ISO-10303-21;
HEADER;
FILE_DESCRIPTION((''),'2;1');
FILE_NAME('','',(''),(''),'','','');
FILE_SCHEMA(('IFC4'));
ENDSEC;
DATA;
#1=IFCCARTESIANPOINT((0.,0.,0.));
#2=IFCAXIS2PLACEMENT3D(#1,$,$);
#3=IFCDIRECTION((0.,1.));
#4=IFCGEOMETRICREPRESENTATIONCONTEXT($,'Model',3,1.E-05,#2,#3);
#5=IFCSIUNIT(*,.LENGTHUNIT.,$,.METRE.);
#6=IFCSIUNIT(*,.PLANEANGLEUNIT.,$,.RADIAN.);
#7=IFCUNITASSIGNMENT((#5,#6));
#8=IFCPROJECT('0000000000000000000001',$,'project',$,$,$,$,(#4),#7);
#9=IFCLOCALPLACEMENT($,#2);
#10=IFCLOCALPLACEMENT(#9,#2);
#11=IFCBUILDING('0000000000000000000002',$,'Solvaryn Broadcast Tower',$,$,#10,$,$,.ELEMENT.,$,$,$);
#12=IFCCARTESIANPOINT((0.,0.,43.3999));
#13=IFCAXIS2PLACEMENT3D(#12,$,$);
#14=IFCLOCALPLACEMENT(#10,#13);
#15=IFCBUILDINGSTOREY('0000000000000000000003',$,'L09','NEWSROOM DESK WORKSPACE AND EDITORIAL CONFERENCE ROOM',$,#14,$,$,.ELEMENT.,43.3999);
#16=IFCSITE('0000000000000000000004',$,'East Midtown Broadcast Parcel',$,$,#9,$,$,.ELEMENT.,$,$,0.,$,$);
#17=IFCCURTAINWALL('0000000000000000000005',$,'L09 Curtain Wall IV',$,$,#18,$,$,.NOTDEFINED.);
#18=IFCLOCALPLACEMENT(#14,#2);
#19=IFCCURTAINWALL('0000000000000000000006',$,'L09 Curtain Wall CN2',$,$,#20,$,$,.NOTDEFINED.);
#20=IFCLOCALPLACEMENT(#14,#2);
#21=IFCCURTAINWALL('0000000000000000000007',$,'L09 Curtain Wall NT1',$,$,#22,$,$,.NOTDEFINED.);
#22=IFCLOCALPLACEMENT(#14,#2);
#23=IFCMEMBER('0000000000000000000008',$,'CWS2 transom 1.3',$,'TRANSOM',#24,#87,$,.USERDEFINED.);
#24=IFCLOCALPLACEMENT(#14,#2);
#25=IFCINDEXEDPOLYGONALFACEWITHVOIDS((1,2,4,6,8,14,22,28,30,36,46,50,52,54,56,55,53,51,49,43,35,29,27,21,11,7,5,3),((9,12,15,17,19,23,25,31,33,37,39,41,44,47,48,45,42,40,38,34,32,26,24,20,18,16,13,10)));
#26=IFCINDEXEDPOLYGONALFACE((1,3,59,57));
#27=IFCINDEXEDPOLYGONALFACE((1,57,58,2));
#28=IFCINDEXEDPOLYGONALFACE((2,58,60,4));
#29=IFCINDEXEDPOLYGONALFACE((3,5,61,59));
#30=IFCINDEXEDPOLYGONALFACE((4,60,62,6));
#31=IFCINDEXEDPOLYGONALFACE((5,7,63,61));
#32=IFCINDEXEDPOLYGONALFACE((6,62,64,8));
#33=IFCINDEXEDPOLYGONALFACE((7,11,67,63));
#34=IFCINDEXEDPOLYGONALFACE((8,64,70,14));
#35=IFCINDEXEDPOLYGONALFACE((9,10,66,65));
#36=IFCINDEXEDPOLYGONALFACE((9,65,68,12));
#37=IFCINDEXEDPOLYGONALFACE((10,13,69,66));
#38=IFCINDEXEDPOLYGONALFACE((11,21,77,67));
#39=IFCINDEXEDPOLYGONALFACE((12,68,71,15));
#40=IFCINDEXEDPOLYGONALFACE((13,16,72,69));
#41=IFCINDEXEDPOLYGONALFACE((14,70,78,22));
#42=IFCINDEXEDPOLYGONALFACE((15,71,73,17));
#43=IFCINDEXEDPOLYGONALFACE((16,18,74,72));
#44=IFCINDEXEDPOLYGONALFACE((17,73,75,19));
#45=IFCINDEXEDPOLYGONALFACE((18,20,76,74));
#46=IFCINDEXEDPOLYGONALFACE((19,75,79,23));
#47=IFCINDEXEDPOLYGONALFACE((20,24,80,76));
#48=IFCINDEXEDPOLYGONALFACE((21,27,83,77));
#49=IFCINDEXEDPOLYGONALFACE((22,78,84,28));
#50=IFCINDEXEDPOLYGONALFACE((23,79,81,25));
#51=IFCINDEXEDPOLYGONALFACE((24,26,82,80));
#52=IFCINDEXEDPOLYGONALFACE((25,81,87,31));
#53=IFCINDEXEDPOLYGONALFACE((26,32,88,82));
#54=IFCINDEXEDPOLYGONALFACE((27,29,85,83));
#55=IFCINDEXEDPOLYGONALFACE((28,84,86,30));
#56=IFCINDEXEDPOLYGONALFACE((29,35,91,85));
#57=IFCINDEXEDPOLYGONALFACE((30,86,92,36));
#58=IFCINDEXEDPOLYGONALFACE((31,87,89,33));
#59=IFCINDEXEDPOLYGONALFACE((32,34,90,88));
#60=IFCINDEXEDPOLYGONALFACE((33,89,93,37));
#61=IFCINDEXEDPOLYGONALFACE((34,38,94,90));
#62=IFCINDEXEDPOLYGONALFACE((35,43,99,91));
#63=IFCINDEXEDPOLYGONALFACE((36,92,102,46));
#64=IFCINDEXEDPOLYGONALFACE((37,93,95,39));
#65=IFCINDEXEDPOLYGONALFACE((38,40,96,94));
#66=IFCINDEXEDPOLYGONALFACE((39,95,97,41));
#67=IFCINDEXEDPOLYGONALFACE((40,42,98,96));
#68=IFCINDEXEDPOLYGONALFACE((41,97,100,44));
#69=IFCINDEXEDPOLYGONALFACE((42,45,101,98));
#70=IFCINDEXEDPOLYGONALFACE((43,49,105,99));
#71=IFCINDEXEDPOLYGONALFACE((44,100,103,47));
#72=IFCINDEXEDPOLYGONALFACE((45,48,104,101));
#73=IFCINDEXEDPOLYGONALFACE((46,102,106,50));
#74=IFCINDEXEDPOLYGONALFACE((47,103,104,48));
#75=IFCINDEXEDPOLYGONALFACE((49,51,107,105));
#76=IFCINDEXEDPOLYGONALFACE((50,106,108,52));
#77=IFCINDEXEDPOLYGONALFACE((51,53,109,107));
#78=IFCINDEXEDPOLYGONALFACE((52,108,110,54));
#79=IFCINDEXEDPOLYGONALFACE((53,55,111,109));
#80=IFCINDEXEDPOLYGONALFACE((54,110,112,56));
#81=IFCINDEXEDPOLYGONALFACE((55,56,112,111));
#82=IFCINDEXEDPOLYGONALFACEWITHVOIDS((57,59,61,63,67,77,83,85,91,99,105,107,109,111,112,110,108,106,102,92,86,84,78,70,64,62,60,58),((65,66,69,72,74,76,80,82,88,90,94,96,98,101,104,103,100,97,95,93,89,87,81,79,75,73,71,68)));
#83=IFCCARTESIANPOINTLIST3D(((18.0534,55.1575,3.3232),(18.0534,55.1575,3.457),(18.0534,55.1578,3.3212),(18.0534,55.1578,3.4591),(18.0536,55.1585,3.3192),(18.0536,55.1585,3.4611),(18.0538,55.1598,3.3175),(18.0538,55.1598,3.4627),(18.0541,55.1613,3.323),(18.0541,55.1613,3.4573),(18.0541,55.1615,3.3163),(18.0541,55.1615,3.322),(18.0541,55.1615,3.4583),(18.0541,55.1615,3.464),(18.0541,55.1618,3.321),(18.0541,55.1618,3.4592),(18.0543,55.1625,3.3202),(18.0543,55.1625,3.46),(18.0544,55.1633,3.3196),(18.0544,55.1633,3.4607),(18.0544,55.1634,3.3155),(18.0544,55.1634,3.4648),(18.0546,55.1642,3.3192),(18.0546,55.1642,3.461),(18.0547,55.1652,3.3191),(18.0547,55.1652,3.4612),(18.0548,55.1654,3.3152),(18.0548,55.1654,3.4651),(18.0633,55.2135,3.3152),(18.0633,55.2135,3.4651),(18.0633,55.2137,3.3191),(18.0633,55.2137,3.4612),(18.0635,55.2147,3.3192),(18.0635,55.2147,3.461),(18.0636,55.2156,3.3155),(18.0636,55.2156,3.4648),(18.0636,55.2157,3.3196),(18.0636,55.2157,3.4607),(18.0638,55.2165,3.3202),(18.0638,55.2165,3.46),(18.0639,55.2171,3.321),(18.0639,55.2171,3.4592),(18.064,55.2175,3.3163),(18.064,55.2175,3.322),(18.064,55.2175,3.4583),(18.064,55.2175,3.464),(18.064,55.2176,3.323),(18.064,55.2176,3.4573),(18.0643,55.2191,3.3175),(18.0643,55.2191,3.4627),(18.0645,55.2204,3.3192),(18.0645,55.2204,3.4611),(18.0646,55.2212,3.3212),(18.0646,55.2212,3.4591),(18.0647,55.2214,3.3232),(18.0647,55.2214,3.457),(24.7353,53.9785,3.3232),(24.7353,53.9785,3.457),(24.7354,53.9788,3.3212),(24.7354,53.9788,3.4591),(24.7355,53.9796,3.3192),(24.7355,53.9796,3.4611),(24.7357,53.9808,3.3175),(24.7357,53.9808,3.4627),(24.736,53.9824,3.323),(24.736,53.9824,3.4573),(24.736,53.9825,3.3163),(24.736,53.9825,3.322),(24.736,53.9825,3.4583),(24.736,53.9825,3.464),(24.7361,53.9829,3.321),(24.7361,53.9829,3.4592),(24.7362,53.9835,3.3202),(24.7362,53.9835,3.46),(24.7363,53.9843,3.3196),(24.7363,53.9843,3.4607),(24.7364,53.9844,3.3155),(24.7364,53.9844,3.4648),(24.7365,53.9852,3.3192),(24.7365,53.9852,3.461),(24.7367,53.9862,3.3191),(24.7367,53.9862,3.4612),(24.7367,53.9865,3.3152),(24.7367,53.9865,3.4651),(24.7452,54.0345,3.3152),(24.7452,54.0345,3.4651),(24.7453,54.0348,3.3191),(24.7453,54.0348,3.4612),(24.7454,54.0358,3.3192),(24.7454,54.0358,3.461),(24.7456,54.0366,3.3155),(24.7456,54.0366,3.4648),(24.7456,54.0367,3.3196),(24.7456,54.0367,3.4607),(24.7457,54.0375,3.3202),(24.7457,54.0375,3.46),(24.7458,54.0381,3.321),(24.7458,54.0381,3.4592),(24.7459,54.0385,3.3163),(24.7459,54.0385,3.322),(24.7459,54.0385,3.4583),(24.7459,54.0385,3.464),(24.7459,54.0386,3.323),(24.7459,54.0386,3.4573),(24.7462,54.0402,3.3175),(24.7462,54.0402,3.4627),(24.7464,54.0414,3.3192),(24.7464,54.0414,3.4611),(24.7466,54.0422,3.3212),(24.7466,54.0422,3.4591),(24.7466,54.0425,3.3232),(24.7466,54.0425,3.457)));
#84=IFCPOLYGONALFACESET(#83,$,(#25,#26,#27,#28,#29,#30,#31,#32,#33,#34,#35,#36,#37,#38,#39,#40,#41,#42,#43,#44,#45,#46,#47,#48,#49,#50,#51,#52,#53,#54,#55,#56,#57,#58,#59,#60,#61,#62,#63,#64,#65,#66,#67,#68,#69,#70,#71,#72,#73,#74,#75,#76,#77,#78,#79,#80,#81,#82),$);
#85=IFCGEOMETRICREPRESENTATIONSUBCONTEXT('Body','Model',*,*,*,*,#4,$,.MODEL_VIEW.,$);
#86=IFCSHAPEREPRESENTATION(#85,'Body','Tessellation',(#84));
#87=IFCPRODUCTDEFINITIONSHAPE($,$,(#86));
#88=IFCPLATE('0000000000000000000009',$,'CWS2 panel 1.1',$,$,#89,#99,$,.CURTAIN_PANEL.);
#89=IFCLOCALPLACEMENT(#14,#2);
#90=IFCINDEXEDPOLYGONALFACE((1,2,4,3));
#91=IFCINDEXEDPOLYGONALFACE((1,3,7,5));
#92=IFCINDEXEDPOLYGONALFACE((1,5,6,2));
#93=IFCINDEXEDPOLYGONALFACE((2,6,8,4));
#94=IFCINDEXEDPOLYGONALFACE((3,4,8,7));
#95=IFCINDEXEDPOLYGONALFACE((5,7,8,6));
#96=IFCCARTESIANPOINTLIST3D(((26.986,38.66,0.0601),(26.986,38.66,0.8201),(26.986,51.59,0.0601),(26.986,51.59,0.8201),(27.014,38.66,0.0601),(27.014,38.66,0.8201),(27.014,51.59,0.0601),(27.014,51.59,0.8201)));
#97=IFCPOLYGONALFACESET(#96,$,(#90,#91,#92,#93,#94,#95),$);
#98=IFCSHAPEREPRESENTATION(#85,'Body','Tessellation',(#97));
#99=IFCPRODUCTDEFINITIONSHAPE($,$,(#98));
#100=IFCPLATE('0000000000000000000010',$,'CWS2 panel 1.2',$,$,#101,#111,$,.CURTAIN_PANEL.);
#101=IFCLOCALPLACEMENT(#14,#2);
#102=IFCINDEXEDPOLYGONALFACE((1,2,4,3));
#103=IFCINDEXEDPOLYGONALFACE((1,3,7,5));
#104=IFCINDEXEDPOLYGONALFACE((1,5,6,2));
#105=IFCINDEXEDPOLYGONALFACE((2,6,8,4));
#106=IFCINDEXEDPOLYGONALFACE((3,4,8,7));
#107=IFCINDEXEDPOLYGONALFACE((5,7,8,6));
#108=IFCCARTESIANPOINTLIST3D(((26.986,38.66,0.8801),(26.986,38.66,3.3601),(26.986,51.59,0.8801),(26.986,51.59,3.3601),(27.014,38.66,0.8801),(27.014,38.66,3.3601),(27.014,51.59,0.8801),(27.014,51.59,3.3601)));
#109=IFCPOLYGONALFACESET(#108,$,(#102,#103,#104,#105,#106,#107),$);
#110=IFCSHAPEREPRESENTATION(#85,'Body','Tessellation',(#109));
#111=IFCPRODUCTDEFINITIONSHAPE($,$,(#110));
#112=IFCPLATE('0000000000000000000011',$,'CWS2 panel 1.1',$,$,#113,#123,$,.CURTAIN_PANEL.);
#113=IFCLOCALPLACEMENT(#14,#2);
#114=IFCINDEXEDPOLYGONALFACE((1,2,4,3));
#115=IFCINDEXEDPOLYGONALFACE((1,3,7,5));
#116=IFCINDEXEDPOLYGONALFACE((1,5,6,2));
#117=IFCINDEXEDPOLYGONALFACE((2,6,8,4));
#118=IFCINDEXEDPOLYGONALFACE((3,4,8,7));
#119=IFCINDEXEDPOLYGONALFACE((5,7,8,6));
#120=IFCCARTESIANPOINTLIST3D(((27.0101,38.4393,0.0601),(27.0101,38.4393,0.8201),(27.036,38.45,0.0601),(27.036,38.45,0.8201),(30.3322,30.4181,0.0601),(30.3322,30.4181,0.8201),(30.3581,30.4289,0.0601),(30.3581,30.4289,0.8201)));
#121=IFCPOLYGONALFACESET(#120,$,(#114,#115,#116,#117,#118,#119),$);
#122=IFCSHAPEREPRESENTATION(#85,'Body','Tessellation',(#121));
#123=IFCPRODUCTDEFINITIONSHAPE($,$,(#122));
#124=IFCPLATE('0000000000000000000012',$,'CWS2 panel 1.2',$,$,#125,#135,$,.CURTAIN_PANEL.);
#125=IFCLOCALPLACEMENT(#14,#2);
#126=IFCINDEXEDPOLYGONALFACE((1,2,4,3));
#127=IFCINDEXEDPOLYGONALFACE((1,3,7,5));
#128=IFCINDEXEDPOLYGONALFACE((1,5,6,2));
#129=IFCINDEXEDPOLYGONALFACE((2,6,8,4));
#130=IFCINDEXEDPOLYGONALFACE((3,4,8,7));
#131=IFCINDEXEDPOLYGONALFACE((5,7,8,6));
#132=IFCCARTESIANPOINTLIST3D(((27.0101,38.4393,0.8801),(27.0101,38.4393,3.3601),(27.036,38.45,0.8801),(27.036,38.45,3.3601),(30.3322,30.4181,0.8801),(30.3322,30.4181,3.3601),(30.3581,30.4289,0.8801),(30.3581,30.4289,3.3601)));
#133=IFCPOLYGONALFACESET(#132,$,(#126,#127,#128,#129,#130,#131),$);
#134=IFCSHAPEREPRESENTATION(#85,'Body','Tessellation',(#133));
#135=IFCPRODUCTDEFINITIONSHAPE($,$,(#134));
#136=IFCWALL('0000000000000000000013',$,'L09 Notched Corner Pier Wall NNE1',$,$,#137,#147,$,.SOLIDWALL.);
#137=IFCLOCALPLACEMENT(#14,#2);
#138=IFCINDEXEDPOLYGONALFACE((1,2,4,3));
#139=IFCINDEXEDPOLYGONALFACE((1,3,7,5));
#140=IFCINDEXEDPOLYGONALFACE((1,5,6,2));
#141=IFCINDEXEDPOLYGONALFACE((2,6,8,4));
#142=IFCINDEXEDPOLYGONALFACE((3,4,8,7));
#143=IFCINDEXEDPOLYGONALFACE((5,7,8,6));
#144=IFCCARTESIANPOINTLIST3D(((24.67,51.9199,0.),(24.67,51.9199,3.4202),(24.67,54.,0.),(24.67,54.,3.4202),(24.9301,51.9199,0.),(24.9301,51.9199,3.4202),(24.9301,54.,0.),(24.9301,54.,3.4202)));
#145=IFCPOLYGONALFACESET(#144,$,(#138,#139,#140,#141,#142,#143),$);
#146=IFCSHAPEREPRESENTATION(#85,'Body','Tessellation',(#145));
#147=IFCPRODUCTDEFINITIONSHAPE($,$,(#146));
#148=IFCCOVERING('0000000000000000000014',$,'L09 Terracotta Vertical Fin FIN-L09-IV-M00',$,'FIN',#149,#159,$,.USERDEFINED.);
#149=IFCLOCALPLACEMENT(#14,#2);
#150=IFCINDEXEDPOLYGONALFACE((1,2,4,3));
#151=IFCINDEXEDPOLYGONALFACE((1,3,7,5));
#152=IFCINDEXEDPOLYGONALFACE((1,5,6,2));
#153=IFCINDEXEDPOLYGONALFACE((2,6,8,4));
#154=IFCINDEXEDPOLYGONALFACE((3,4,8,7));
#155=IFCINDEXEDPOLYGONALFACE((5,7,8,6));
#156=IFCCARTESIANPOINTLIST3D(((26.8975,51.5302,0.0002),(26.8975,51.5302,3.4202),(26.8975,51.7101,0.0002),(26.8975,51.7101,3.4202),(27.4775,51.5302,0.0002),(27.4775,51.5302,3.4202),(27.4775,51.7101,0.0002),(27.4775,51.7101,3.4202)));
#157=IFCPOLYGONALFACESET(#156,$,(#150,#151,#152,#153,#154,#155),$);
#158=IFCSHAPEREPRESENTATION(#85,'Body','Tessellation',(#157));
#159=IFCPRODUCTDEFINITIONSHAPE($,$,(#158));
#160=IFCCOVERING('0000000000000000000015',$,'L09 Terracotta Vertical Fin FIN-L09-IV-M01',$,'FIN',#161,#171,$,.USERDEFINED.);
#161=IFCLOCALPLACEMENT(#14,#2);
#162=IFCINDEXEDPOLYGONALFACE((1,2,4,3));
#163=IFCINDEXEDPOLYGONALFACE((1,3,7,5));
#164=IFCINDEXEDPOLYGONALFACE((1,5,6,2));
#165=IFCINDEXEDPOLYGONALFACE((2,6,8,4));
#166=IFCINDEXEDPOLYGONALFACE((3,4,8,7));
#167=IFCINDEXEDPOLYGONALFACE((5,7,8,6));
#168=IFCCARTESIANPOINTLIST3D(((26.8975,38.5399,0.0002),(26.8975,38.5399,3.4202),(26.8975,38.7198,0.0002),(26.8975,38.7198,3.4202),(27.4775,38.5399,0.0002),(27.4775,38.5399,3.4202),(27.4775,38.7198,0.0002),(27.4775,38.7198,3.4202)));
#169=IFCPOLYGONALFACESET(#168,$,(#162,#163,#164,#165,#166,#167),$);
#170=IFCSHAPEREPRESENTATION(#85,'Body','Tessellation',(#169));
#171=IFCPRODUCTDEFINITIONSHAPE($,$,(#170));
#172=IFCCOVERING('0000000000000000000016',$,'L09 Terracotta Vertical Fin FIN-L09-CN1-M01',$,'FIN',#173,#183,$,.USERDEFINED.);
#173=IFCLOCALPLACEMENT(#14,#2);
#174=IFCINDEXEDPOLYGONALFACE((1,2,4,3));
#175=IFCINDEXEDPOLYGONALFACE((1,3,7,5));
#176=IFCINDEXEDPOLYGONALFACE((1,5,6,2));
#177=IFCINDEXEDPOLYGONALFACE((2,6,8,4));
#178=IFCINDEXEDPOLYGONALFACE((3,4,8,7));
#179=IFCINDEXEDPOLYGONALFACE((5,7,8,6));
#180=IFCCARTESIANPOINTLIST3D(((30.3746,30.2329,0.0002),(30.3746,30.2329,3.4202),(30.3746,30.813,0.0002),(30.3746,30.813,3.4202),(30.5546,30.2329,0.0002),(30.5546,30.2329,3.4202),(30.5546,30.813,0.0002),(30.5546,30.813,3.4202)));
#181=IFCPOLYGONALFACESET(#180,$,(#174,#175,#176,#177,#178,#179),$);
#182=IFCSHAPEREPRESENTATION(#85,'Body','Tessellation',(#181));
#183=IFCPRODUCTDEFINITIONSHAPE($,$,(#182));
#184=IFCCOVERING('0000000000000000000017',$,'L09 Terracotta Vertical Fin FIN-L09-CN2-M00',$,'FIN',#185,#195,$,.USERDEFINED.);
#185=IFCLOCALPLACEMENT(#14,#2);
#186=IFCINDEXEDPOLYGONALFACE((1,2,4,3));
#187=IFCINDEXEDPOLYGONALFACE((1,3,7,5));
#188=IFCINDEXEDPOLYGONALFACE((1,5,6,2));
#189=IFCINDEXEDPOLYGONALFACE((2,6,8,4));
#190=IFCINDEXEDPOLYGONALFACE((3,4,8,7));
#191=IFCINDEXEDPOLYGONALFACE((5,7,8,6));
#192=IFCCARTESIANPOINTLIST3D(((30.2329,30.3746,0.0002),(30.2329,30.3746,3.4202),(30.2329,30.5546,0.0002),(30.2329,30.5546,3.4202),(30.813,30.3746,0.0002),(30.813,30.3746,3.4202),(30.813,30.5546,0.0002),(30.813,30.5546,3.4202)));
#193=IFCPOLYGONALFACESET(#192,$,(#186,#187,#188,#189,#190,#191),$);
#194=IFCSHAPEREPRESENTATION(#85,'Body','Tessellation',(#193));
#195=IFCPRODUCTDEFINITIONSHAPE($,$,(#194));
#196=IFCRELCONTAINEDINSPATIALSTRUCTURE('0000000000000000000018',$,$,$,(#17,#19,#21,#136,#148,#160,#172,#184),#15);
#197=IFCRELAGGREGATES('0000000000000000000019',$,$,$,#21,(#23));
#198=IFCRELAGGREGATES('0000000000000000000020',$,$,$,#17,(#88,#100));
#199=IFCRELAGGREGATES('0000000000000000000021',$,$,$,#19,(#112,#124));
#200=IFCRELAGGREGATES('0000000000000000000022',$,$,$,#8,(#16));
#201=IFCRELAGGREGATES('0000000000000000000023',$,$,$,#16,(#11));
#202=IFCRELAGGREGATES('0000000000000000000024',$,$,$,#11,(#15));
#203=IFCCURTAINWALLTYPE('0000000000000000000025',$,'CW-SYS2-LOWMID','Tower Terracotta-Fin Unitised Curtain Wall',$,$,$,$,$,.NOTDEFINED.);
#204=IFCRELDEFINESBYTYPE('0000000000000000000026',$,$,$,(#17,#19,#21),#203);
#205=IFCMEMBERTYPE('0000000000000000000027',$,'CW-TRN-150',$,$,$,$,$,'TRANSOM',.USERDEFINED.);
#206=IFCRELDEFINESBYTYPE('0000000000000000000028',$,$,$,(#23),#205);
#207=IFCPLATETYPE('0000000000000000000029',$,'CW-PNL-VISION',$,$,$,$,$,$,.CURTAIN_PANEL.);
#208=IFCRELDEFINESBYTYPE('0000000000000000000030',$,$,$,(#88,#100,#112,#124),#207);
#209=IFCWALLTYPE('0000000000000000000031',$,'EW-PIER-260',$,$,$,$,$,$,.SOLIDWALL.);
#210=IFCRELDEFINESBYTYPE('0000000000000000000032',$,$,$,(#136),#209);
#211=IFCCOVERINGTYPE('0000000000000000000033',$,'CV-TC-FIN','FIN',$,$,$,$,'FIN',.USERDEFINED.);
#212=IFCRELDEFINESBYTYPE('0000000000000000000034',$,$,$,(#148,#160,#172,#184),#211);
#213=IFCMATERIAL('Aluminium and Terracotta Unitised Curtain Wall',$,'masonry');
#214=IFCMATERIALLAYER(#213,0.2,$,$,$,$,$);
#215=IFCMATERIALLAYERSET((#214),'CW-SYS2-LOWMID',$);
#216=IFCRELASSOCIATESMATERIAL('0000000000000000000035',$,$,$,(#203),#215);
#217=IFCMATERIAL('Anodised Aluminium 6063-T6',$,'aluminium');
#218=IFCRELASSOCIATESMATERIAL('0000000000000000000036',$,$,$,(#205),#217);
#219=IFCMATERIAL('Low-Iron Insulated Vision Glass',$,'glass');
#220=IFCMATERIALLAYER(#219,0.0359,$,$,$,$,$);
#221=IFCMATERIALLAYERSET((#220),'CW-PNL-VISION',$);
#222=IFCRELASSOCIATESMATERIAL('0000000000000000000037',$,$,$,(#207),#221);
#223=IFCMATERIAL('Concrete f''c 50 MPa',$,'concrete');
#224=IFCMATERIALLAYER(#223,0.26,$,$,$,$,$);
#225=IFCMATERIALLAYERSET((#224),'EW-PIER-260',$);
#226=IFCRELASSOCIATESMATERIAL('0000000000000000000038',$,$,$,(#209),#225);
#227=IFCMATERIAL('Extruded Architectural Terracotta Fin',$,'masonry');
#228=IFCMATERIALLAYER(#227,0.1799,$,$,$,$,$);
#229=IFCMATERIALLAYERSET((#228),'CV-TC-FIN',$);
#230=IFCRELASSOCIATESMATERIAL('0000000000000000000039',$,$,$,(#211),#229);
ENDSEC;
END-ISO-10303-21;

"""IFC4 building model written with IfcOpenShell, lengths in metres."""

from ifc_helpers import new_model, si_unit, direction, frame, frame_2d, origin, origin_2d, place, context, subcontext, project, spatial, rectangle, hollow_rectangle, extrude, material, layer, layer_set, material_profile, profile_set, type_object, element, aggregate, save


model = new_model("IFC4")

# Units and contexts
model_context = context("Model", 3, precision=1e-05, world=origin(), true_north=direction((0.0, 1.0)))
body_context = subcontext(model_context, "Body", "Model", "MODEL_VIEW")
ifc_project = project(units=[si_unit("LENGTHUNIT", "METRE"), si_unit("PLANEANGLEUNIT", "RADIAN")], contexts=[model_context])

# Site, building, storey
site_placement = place(None, origin())
site = spatial("IfcSite", under=ifc_project, at=site_placement, Name="East Midtown Broadcast Parcel", CompositionType="ELEMENT", RefElevation=0.0)
building_placement = place(site_placement, origin())
building = spatial("IfcBuilding", under=site, at=building_placement, Name="Solvaryn Broadcast Tower", CompositionType="ELEMENT")
storey_placement = place(building_placement, frame((0.0, 0.0, 43.3999)))
storey = spatial("IfcBuildingStorey", under=building, at=storey_placement, Name="L09", Description="NEWSROOM DESK WORKSPACE AND EDITORIAL CONFERENCE ROOM", CompositionType="ELEMENT", Elevation=43.3999)

# Curtain wall
ifc_material_1 = material(Name="Aluminium and Terracotta Unitised Curtain Wall", Category="masonry")
ifc_layer_1 = layer(ifc_material_1, 0.2)
ifc_layer_set_1 = layer_set([ifc_layer_1], Name="CW-SYS2-LOWMID")
curtain_wall_type = type_object("IfcCurtainWallType", Name="CW-SYS2-LOWMID", Description="Tower Terracotta-Fin Unitised Curtain Wall", PredefinedType="NOTDEFINED", material=ifc_layer_set_1)
curtain_wall_1_placement = place(storey_placement, origin())
curtain_wall_1 = element("IfcCurtainWall", 1, at=curtain_wall_1_placement, inside=storey, type_object=curtain_wall_type, Name="L09 Curtain Wall IV", PredefinedType="NOTDEFINED")

# Curtain walls
curtain_wall_2_placement = place(storey_placement, origin())
curtain_wall_2 = element("IfcCurtainWall", 2, at=curtain_wall_2_placement, inside=storey, type_object=curtain_wall_type, Name="L09 Curtain Wall CN2", PredefinedType="NOTDEFINED")
curtain_wall_3_placement = place(storey_placement, origin())
curtain_wall_3 = element("IfcCurtainWall", 3, at=curtain_wall_3_placement, inside=storey, type_object=curtain_wall_type, Name="L09 Curtain Wall NT1", PredefinedType="NOTDEFINED")

# Member
ifc_material_2 = material(Name="Anodised Aluminium 6063-T6", Category="aluminium")
ifc_material_profile_1 = material_profile(ifc_material_2, hollow_rectangle(XDim=0.0649, YDim=0.1499, WallThickness=0.0039, InnerFilletRadius=0.0039, OuterFilletRadius=0.0081, at=origin_2d()))
ifc_profile_set_1 = profile_set([ifc_material_profile_1], Name="Anodised Aluminium 6063-T6")
member_type_1 = type_object("IfcMemberType", Name="CW-TRN-150", ElementType="TRANSOM", PredefinedType="USERDEFINED", material=ifc_profile_set_1)
member_1_placement = place(storey_placement, frame((24.741, 54.0105, 3.3901), z_axis=(-0.984789, 0.173757, 0.0), x_axis=(-0.173757, -0.984789, 0.0)))
member_1 = element("IfcMember", 4, at=member_1_placement, type_object=member_type_1, Name="CWS2 transom 1.3", ObjectType="TRANSOM", PredefinedType="USERDEFINED", context=body_context, shape_type="SweptSolid", body=[
    extrude(hollow_rectangle(XDim=0.0649, YDim=0.1499, WallThickness=0.0039, InnerFilletRadius=0.0039, OuterFilletRadius=0.0081, at=origin_2d()), origin(), (0.0, 0.0, 1.0), 6.7852),
])
aggregate(curtain_wall_3, [member_1])

# Plates
ifc_material_3 = material(Name="Low-Iron Insulated Vision Glass", Category="glass")
ifc_layer_2 = layer(ifc_material_3, 0.0359)
ifc_layer_set_2 = layer_set([ifc_layer_2], Name="CW-PNL-VISION")
plate_type = type_object("IfcPlateType", Name="CW-PNL-VISION", PredefinedType="CURTAIN_PANEL", material=ifc_layer_set_2)
plate_1_placement = place(storey_placement, frame((27.0, 45.125, 0.0601), z_axis=(0.0, 0.0, 1.0), x_axis=(0.0, -1.0, 0.0)))
plate_1 = element("IfcPlate", 5, at=plate_1_placement, type_object=plate_type, Name="CWS2 panel 1.1", PredefinedType="CURTAIN_PANEL", context=body_context, shape_type="SweptSolid", body=[
    extrude(rectangle(XDim=12.9299, YDim=0.0281, at=origin_2d()), origin(), (0.0, 0.0, 1.0), 0.76),
])
plate_2_placement = place(storey_placement, frame((27.0, 45.125, 0.8801), z_axis=(0.0, 0.0, 1.0), x_axis=(0.0, -1.0, 0.0)))
plate_2 = element("IfcPlate", 6, at=plate_2_placement, type_object=plate_type, Name="CWS2 panel 1.2", PredefinedType="CURTAIN_PANEL", context=body_context, shape_type="SweptSolid", body=[
    extrude(rectangle(XDim=12.9299, YDim=0.0281, at=origin_2d()), origin(), (0.0, 0.0, 1.0), 2.48),
])
aggregate(curtain_wall_1, [plate_1, plate_2])
plate_3_placement = place(storey_placement, frame((28.6841, 34.4341, 0.0601), z_axis=(0.0, 0.0, 1.0), x_axis=(-0.382646, 0.923895, 0.0)))
plate_3 = element("IfcPlate", 7, at=plate_3_placement, type_object=plate_type, Name="CWS2 panel 1.1", PredefinedType="CURTAIN_PANEL", context=body_context, shape_type="SweptSolid", body=[
    extrude(rectangle(XDim=8.6819, YDim=0.0281, at=origin_2d()), origin(), (0.0, 0.0, 1.0), 0.76),
])
plate_4_placement = place(storey_placement, frame((28.6841, 34.4341, 0.8801), z_axis=(0.0, 0.0, 1.0), x_axis=(-0.382646, 0.923895, 0.0)))
plate_4 = element("IfcPlate", 8, at=plate_4_placement, type_object=plate_type, Name="CWS2 panel 1.2", PredefinedType="CURTAIN_PANEL", context=body_context, shape_type="SweptSolid", body=[
    extrude(rectangle(XDim=8.6819, YDim=0.0281, at=origin_2d()), origin(), (0.0, 0.0, 1.0), 2.48),
])
aggregate(curtain_wall_2, [plate_3, plate_4])

# Wall
ifc_material_4 = material(Name="Concrete f'c 50 MPa", Category="concrete")
ifc_layer_3 = layer(ifc_material_4, 0.26)
ifc_layer_set_3 = layer_set([ifc_layer_3], Name="EW-PIER-260")
wall_type_1 = type_object("IfcWallType", Name="EW-PIER-260", PredefinedType="SOLIDWALL", material=ifc_layer_set_3)
wall_1_placement = place(storey_placement, frame((24.8, 54.0, 0.0), z_axis=(0.0, 0.0, 1.0), x_axis=(0.0, -1.0, 0.0)))
element("IfcWall", 9, at=wall_1_placement, inside=storey, type_object=wall_type_1, Name="L09 Notched Corner Pier Wall NNE1", PredefinedType="SOLIDWALL", context=body_context, shape_type="SweptSolid", body=[
    extrude(rectangle(XDim=2.0801, YDim=0.26, at=frame_2d((1.04, 0.0))), origin(), (0.0, 0.0, 1.0), 3.4202),
])

# Coverings
ifc_material_5 = material(Name="Extruded Architectural Terracotta Fin", Category="masonry")
ifc_layer_4 = layer(ifc_material_5, 0.1799)
ifc_layer_set_4 = layer_set([ifc_layer_4], Name="CV-TC-FIN")
covering_type = type_object("IfcCoveringType", Name="CV-TC-FIN", Description="FIN", ElementType="FIN", PredefinedType="USERDEFINED", material=ifc_layer_set_4)
for number, where, z_axis, x_axis, name in (
    (10, (27.1875, 51.6201, 0.0002), (0.0, 0.0, 1.0), (1.0, 0.0, 0.0), "L09 Terracotta Vertical Fin FIN-L09-IV-M00"),
    (11, (27.1875, 38.6299, 0.0002), (0.0, 0.0, 1.0), (1.0, 0.0, 0.0), "L09 Terracotta Vertical Fin FIN-L09-IV-M01"),
):
    element("IfcCovering", number, at=place(storey_placement, frame(where, z_axis=z_axis, x_axis=x_axis)), inside=storey, type_object=covering_type, Name=name, ObjectType="FIN", PredefinedType="USERDEFINED", context=body_context, shape_type="SweptSolid", body=[
        extrude(rectangle(XDim=0.5801, YDim=0.1799, at=origin_2d()), origin(), (0.0, 0.0, 1.0), 3.4199),
    ])
covering_1_placement = place(storey_placement, frame((30.4646, 30.5229, 0.0002), z_axis=(0.0, 0.0, 1.0), x_axis=(1.0, 0.0, 0.0)))
element("IfcCovering", 12, at=covering_1_placement, inside=storey, type_object=covering_type, Name="L09 Terracotta Vertical Fin FIN-L09-CN1-M01", ObjectType="FIN", PredefinedType="USERDEFINED", context=body_context, shape_type="SweptSolid", body=[
    extrude(rectangle(XDim=0.1799, YDim=0.5801, at=origin_2d()), origin(), (0.0, 0.0, 1.0), 3.4199),
])
for number, where, z_axis, x_axis, name in (
    (13, (30.5229, 30.4646, 0.0002), (0.0, 0.0, 1.0), (1.0, 0.0, 0.0), "L09 Terracotta Vertical Fin FIN-L09-CN2-M00"),
):
    element("IfcCovering", number, at=place(storey_placement, frame(where, z_axis=z_axis, x_axis=x_axis)), inside=storey, type_object=covering_type, Name=name, ObjectType="FIN", PredefinedType="USERDEFINED", context=body_context, shape_type="SweptSolid", body=[
        extrude(rectangle(XDim=0.5801, YDim=0.1799, at=origin_2d()), origin(), (0.0, 0.0, 1.0), 3.4199),
    ])

save(model, "model.ifc")
